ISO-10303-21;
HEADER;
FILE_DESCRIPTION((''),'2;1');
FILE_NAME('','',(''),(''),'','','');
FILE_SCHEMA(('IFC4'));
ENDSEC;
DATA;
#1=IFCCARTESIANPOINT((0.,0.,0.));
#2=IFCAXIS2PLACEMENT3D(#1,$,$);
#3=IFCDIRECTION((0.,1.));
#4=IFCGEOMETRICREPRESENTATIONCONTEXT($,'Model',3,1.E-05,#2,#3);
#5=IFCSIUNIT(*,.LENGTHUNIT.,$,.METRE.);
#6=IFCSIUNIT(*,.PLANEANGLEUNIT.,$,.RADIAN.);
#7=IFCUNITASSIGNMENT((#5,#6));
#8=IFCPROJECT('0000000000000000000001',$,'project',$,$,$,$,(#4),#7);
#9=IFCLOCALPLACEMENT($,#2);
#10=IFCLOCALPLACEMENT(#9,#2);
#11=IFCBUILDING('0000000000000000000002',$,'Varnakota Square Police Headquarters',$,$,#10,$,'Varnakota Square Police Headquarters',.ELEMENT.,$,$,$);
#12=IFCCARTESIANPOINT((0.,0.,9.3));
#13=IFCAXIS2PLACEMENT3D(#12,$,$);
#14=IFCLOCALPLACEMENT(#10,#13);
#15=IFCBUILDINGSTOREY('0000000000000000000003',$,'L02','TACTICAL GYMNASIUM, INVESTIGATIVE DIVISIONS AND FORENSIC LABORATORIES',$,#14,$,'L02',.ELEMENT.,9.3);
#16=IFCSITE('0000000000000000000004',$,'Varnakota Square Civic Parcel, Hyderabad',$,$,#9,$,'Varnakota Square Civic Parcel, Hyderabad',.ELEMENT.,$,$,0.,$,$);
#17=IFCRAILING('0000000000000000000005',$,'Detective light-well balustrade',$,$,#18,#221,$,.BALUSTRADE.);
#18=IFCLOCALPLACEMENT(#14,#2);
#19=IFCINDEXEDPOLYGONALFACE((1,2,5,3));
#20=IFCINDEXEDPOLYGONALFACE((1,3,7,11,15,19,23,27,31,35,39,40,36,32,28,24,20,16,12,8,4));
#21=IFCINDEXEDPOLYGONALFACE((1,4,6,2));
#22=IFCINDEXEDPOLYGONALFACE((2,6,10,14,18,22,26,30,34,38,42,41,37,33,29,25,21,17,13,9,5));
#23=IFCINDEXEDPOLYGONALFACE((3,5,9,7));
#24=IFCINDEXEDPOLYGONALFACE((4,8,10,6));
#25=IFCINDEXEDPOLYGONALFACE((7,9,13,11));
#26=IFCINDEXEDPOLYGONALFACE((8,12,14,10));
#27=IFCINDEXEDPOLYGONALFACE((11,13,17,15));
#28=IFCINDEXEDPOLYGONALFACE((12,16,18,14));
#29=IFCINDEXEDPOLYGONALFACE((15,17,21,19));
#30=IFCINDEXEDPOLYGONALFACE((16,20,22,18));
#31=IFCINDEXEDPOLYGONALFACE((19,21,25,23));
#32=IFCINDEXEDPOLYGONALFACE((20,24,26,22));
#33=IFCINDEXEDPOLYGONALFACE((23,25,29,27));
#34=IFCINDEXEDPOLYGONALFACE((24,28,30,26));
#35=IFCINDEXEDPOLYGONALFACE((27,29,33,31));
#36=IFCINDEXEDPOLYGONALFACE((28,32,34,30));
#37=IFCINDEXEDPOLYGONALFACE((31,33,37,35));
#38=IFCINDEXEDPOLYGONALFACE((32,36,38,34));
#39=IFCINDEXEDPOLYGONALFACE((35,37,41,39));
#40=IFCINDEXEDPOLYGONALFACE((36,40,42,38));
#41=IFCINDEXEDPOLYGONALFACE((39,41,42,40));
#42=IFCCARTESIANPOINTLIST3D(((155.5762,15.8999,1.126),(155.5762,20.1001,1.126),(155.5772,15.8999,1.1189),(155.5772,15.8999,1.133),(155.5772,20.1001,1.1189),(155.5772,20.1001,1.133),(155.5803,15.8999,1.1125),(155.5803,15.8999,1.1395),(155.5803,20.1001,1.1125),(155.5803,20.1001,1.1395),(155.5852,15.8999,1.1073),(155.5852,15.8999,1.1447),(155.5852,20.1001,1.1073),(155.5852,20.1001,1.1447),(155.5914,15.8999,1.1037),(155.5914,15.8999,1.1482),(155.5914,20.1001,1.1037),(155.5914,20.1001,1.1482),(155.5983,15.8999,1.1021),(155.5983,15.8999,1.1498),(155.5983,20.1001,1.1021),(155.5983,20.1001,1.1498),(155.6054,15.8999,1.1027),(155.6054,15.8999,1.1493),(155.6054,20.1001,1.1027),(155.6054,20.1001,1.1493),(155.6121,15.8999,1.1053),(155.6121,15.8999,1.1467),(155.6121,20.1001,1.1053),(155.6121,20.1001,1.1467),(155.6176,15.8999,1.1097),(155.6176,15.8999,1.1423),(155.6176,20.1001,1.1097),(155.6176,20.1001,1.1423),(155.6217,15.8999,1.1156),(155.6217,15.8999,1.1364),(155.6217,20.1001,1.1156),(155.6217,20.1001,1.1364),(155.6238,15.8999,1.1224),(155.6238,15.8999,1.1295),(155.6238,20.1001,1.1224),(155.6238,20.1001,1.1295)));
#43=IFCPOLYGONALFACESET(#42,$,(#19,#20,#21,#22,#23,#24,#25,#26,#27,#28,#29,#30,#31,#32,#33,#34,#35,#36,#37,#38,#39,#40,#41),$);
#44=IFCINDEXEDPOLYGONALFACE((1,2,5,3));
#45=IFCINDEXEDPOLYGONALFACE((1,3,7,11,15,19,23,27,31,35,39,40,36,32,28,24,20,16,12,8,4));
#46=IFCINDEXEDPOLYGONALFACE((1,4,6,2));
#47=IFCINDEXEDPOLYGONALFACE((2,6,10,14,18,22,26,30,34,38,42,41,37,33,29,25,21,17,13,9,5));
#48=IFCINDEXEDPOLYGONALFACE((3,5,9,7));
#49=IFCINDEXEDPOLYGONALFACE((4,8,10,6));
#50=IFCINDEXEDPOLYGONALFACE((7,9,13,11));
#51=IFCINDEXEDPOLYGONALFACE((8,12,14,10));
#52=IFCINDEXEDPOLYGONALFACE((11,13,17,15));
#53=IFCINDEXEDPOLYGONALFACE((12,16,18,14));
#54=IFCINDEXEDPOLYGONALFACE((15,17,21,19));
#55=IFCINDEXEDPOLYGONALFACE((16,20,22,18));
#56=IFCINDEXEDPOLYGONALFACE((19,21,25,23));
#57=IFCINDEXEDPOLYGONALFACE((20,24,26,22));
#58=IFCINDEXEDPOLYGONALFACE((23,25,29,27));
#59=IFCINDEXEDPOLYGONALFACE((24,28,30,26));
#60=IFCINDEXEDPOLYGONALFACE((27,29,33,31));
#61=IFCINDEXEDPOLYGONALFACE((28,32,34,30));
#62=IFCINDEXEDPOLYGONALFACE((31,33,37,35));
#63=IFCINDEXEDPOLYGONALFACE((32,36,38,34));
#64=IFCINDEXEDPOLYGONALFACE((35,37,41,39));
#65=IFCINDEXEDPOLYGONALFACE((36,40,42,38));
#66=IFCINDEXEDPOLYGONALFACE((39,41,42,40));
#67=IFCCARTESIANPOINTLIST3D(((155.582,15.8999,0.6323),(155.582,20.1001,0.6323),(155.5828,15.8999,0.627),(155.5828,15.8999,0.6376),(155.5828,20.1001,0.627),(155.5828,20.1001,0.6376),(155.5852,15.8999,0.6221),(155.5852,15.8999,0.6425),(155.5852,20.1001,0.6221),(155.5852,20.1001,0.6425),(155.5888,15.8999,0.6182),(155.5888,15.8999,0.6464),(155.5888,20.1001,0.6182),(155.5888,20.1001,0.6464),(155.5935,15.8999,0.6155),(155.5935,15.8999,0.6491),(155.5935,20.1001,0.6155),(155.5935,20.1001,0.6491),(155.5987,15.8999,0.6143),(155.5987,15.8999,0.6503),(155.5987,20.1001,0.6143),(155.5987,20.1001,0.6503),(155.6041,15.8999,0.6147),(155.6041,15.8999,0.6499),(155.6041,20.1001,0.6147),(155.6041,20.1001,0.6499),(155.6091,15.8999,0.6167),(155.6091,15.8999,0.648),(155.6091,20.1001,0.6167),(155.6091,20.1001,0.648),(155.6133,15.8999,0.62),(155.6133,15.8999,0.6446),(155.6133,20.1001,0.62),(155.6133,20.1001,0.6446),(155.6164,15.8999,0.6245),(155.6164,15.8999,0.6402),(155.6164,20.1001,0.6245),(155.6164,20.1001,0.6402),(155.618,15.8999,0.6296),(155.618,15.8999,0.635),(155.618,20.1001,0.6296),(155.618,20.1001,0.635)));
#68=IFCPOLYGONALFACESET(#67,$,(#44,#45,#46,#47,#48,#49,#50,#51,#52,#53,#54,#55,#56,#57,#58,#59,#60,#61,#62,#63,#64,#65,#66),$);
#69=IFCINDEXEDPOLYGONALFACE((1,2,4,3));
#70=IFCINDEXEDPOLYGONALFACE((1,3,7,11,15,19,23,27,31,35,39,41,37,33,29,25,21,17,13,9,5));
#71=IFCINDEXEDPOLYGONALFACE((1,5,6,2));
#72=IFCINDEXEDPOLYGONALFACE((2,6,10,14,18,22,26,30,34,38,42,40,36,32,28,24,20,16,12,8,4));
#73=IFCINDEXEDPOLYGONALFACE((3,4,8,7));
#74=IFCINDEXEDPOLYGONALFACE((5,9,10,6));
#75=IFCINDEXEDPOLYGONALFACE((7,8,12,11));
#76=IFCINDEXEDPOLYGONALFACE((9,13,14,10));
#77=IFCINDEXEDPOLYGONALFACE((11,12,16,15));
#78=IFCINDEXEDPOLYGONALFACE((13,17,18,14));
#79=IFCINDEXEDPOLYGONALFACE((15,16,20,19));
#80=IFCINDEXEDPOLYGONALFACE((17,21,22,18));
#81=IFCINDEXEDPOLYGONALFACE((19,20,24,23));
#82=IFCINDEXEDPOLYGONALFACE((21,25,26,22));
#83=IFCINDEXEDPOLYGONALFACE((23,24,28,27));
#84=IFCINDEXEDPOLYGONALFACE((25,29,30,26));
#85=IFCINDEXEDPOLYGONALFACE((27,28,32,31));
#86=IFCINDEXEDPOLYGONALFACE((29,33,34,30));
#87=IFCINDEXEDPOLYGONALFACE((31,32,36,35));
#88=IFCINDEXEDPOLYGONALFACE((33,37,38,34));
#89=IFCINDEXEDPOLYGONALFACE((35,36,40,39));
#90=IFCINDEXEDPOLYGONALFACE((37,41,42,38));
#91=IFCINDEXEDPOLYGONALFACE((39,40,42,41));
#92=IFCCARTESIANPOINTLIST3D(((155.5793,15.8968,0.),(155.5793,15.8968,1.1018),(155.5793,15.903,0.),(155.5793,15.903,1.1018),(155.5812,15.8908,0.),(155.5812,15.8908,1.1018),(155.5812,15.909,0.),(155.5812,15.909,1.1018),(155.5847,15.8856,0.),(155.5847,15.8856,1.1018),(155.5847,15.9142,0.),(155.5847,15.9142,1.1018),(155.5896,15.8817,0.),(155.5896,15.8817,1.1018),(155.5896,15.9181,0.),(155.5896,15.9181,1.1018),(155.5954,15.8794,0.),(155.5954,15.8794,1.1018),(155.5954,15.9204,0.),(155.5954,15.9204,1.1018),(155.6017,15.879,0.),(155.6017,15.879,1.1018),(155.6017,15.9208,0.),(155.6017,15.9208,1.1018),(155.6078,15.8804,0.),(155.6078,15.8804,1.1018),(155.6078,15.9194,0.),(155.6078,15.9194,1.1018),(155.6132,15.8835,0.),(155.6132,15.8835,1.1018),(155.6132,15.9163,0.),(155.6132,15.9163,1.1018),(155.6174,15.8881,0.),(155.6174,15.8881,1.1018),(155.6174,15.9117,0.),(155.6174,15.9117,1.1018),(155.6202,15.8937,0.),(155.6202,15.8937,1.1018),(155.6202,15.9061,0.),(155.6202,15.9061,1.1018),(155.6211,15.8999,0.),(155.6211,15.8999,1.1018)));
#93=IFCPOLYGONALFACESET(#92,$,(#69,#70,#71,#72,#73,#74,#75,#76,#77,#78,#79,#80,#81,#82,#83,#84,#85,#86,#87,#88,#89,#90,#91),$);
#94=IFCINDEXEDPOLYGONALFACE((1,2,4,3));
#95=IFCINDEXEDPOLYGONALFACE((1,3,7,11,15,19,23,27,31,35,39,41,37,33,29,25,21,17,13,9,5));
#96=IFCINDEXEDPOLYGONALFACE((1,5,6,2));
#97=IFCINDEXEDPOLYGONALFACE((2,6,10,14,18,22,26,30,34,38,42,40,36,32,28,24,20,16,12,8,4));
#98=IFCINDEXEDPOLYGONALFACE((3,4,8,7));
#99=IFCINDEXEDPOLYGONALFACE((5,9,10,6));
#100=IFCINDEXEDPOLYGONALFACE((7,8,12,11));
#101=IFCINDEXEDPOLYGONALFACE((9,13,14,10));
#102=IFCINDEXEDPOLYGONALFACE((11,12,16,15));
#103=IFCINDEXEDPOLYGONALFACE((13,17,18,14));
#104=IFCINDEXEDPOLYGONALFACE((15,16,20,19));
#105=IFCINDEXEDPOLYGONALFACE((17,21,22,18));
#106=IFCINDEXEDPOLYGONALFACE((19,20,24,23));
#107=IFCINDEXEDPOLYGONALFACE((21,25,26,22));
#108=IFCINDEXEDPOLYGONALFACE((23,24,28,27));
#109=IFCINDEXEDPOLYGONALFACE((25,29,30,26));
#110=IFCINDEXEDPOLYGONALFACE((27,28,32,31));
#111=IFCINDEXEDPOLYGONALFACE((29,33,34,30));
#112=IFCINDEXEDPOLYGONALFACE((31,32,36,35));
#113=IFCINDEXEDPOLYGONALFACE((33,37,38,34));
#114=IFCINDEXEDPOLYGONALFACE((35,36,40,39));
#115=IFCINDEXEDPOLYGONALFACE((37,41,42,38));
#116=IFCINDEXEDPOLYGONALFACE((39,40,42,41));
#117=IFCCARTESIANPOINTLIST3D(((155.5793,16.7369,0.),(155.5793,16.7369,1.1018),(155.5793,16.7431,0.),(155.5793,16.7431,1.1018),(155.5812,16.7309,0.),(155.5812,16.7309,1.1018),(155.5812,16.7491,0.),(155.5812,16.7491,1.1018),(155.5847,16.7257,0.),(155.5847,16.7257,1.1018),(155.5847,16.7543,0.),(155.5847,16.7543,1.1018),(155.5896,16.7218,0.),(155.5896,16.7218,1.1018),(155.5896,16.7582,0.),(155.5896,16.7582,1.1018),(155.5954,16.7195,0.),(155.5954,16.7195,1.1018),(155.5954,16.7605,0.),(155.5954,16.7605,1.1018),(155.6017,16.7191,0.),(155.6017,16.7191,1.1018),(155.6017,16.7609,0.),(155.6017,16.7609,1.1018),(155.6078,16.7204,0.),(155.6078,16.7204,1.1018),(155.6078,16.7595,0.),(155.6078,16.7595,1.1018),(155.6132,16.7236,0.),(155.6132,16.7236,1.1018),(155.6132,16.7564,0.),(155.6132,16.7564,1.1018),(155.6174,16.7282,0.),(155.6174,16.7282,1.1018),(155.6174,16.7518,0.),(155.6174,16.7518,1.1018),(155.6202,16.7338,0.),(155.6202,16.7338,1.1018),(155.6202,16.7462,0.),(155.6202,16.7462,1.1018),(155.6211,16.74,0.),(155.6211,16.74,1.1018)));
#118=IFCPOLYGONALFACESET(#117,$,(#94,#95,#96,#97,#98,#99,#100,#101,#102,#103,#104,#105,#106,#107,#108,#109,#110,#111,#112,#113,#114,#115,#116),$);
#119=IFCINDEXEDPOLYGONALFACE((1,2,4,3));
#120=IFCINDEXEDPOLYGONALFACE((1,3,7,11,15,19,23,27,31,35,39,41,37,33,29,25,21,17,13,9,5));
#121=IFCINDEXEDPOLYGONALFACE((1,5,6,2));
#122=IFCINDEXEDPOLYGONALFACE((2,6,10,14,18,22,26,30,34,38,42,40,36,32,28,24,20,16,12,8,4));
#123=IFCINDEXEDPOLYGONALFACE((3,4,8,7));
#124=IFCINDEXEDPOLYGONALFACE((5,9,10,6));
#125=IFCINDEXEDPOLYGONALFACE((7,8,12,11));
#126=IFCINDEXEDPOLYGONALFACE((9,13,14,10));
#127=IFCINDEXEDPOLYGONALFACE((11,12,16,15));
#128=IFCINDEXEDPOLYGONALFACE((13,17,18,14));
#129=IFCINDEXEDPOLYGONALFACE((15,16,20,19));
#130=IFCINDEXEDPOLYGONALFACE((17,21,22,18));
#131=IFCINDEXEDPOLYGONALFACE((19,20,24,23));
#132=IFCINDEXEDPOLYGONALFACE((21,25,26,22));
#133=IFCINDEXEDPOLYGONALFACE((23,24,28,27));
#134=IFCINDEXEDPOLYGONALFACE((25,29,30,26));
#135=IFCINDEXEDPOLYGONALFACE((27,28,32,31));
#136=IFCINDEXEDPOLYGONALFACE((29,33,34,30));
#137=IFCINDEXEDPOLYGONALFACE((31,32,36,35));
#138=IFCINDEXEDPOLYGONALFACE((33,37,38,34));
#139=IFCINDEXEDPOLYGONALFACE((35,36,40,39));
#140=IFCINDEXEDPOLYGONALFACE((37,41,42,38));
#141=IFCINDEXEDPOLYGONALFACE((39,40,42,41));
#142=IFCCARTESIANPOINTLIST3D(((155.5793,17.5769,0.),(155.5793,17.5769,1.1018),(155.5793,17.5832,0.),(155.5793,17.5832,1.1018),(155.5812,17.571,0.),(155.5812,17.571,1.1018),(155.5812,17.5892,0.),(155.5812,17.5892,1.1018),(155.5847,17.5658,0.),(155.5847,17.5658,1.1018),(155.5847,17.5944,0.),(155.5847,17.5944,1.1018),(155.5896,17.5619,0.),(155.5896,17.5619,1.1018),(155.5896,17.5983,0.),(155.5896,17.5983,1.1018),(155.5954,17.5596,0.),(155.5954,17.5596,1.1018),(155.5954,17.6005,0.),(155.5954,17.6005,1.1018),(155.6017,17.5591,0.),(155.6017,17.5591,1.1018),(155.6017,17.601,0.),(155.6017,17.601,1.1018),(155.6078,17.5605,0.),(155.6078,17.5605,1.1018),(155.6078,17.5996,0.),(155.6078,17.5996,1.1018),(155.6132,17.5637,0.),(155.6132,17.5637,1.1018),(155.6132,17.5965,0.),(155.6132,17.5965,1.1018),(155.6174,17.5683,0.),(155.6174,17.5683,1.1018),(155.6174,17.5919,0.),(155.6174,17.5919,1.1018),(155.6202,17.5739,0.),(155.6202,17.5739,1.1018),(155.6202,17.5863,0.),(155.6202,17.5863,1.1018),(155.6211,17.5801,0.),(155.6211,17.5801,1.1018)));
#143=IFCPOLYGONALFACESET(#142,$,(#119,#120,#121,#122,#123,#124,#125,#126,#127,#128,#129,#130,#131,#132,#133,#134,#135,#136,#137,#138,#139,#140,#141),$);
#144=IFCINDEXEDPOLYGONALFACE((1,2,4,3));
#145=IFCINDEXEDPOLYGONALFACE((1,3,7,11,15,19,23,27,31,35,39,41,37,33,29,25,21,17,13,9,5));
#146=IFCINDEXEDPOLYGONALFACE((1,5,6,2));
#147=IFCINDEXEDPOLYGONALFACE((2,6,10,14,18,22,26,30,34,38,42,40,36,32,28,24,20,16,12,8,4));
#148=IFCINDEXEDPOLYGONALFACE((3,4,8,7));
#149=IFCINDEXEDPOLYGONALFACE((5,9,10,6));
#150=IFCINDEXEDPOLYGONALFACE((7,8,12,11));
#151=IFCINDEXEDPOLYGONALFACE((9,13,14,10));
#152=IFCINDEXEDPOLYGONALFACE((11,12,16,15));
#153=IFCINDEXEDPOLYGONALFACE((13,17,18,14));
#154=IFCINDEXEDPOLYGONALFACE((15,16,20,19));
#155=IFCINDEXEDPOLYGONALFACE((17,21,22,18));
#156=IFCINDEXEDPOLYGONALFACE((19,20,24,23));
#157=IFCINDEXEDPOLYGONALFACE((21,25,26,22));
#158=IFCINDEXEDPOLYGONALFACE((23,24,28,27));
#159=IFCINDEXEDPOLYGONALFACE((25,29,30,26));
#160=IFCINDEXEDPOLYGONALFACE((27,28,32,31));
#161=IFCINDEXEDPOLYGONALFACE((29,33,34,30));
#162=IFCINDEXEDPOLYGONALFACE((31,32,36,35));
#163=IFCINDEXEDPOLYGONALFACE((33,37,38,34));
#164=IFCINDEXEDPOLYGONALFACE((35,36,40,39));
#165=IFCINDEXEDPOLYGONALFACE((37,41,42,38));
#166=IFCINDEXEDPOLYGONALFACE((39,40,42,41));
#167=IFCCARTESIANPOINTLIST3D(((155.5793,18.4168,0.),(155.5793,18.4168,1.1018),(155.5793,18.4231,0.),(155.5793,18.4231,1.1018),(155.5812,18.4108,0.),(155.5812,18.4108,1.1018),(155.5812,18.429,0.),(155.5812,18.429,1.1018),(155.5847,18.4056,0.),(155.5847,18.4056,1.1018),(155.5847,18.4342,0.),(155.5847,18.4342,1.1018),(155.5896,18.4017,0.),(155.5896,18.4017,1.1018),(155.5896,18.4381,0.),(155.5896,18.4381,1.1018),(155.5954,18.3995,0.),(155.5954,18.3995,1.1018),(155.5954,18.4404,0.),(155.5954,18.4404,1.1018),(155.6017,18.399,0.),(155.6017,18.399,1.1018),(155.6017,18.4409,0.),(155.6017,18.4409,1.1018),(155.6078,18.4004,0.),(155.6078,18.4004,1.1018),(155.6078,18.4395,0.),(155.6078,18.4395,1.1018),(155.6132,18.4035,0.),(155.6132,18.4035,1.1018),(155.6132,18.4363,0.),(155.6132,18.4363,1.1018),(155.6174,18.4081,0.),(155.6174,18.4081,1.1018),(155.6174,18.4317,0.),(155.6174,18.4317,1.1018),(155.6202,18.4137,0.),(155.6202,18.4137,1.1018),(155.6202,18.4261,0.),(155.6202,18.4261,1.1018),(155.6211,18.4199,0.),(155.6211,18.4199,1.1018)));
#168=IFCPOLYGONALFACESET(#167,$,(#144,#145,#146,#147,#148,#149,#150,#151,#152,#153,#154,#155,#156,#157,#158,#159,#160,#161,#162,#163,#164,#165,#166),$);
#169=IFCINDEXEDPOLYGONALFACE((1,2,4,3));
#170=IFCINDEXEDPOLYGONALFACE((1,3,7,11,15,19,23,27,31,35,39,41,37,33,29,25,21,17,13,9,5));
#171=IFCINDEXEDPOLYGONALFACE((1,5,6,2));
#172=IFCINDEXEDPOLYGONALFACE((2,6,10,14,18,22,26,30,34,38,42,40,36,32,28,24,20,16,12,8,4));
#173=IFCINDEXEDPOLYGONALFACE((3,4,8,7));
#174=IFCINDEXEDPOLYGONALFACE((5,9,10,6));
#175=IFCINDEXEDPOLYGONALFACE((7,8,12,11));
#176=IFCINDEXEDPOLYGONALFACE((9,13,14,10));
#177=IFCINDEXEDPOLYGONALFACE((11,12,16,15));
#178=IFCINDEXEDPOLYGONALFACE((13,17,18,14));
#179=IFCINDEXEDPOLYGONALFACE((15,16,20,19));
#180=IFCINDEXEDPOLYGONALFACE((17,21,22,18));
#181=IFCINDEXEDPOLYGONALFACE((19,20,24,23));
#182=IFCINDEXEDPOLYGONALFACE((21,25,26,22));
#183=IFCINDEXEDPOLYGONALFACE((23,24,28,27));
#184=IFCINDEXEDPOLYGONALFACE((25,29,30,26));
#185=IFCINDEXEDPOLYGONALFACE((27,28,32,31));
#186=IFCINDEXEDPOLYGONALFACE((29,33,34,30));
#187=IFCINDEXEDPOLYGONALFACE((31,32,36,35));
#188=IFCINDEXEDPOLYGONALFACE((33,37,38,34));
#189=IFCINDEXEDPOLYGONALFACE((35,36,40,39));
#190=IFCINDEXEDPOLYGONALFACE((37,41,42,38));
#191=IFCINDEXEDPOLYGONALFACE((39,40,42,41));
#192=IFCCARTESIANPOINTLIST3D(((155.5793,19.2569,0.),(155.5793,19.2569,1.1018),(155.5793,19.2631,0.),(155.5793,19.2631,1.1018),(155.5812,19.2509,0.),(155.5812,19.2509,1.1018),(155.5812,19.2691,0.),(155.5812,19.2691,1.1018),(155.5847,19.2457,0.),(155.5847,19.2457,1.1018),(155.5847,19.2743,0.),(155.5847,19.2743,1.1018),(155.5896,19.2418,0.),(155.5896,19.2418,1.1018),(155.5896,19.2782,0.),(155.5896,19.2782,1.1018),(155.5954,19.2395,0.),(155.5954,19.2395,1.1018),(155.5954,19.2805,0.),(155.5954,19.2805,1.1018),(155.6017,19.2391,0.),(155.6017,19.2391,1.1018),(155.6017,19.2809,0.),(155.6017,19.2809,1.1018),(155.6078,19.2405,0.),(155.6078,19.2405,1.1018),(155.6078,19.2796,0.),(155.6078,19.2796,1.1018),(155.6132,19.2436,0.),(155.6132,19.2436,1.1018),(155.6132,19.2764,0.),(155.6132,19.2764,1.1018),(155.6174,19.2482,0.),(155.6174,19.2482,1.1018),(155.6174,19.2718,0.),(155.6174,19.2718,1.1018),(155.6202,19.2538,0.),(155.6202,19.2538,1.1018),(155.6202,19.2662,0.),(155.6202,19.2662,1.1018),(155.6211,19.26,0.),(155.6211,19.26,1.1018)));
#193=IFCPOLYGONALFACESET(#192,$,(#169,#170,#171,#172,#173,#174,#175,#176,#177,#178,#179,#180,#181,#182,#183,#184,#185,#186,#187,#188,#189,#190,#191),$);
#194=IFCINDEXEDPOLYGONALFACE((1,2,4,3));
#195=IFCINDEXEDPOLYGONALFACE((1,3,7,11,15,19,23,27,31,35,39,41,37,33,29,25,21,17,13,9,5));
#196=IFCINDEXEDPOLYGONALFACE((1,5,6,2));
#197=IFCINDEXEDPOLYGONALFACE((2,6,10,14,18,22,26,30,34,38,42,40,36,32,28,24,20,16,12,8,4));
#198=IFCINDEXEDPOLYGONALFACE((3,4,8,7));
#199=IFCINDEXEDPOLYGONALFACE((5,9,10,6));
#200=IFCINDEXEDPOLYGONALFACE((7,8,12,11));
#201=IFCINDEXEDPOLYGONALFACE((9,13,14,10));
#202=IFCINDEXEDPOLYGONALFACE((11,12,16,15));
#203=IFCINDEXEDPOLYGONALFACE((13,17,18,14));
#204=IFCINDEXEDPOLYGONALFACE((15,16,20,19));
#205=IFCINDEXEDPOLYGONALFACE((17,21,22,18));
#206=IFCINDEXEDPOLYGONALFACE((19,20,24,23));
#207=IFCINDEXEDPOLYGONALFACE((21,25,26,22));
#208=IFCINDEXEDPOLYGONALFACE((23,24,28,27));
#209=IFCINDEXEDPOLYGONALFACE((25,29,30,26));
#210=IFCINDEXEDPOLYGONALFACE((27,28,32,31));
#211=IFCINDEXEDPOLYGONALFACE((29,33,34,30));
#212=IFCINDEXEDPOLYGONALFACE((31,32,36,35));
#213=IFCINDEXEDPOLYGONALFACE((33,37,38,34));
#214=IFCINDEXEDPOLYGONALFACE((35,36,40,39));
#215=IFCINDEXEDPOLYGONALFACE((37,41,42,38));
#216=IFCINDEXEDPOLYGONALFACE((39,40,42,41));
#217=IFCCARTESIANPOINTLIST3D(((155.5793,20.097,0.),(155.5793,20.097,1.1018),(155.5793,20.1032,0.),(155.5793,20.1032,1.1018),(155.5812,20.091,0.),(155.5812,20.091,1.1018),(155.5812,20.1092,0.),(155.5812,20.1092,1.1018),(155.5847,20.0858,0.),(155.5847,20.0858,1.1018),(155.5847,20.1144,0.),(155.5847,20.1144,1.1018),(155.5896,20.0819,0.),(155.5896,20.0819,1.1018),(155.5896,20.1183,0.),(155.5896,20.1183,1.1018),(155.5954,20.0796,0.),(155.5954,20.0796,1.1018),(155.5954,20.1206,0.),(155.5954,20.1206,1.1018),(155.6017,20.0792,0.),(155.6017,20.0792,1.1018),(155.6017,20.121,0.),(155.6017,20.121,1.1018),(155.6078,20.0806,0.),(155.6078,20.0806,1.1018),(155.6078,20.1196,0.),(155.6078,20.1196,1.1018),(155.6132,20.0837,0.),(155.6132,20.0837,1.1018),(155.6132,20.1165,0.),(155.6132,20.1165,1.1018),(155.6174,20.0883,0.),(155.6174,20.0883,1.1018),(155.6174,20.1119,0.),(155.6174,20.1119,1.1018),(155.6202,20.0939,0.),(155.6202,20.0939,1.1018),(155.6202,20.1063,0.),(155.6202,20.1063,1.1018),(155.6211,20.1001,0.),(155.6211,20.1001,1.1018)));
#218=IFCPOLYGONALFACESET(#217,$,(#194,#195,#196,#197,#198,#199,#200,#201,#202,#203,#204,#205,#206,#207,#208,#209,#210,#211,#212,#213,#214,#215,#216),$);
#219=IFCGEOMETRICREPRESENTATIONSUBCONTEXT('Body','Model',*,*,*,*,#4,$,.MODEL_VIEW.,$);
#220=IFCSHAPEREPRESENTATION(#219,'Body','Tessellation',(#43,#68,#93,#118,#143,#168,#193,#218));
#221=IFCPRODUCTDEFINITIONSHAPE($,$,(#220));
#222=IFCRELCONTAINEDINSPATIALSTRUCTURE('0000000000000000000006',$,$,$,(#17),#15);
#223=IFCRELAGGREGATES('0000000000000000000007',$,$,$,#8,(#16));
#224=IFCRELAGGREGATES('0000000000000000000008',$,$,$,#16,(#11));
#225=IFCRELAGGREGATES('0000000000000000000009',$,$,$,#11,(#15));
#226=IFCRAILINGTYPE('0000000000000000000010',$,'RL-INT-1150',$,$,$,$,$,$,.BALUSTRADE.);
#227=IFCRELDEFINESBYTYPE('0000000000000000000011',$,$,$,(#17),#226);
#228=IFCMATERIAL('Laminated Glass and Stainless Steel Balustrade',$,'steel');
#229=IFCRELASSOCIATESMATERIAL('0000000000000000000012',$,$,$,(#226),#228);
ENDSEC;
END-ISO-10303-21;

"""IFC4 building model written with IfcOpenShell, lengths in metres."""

from ifc_helpers import new_model, si_unit, direction, frame, origin, origin_2d, place, context, subcontext, project, spatial, circle, extrude, material, type_object, element, save


model = new_model("IFC4")

# Units and contexts
model_context = context("Model", 3, precision=1e-05, world=origin(), true_north=direction((0.0, 1.0)))
body_context = subcontext(model_context, "Body", "Model", "MODEL_VIEW")
ifc_project = project(units=[si_unit("LENGTHUNIT", "METRE"), si_unit("PLANEANGLEUNIT", "RADIAN")], contexts=[model_context])

# Site, building, storey
site_placement = place(None, origin())
site = spatial("IfcSite", under=ifc_project, at=site_placement, Name="Varnakota Square Civic Parcel, Hyderabad", LongName="Varnakota Square Civic Parcel, Hyderabad", CompositionType="ELEMENT", RefElevation=0.0)
building_placement = place(site_placement, origin())
building = spatial("IfcBuilding", under=site, at=building_placement, Name="Varnakota Square Police Headquarters", LongName="Varnakota Square Police Headquarters", CompositionType="ELEMENT")
storey_placement = place(building_placement, frame((0.0, 0.0, 9.3)))
storey = spatial("IfcBuildingStorey", under=building, at=storey_placement, Name="L02", Description="TACTICAL GYMNASIUM, INVESTIGATIVE DIVISIONS AND FORENSIC LABORATORIES", LongName="L02", CompositionType="ELEMENT", Elevation=9.3)

# Railing
ifc_material_1 = material(Name="Laminated Glass and Stainless Steel Balustrade", Category="steel")
railing_type = type_object("IfcRailingType", Name="RL-INT-1150", PredefinedType="BALUSTRADE", material=ifc_material_1)
railing_1_placement = place(storey_placement, frame((155.6001, 15.8999, 0.0)))
element("IfcRailing", 1, at=railing_1_placement, inside=storey, type_object=railing_type, Name="Detective light-well balustrade", PredefinedType="BALUSTRADE", context=body_context, shape_type="SweptSolid", body=[
    extrude(circle(Radius=0.0239, at=origin_2d()), frame((0.0, 0.0, 1.126), z_axis=(0.0, 1.0, 0.0), x_axis=(-1.0, 0.0, 0.0)), (0.0, 0.0, 1.0), 4.2002),
    extrude(circle(Radius=0.0181, at=origin_2d()), frame((0.0, 0.0, 0.6323), z_axis=(0.0, 1.0, 0.0), x_axis=(-1.0, 0.0, 0.0)), (0.0, 0.0, 1.0), 4.2002),
    extrude(circle(Radius=0.021, at=origin_2d()), origin(), (0.0, 0.0, 1.0), 1.1018),
    extrude(circle(Radius=0.021, at=origin_2d()), frame((0.0, 0.8401, 0.0)), (0.0, 0.0, 1.0), 1.1018),
    extrude(circle(Radius=0.021, at=origin_2d()), frame((0.0, 1.6802, 0.0)), (0.0, 0.0, 1.0), 1.1018),
    extrude(circle(Radius=0.021, at=origin_2d()), frame((0.0, 2.52, 0.0)), (0.0, 0.0, 1.0), 1.1018),
    extrude(circle(Radius=0.021, at=origin_2d()), frame((0.0, 3.3601, 0.0)), (0.0, 0.0, 1.0), 1.1018),
    extrude(circle(Radius=0.021, at=origin_2d()), frame((0.0, 4.2002, 0.0)), (0.0, 0.0, 1.0), 1.1018),
])

save(model, "model.ifc")
